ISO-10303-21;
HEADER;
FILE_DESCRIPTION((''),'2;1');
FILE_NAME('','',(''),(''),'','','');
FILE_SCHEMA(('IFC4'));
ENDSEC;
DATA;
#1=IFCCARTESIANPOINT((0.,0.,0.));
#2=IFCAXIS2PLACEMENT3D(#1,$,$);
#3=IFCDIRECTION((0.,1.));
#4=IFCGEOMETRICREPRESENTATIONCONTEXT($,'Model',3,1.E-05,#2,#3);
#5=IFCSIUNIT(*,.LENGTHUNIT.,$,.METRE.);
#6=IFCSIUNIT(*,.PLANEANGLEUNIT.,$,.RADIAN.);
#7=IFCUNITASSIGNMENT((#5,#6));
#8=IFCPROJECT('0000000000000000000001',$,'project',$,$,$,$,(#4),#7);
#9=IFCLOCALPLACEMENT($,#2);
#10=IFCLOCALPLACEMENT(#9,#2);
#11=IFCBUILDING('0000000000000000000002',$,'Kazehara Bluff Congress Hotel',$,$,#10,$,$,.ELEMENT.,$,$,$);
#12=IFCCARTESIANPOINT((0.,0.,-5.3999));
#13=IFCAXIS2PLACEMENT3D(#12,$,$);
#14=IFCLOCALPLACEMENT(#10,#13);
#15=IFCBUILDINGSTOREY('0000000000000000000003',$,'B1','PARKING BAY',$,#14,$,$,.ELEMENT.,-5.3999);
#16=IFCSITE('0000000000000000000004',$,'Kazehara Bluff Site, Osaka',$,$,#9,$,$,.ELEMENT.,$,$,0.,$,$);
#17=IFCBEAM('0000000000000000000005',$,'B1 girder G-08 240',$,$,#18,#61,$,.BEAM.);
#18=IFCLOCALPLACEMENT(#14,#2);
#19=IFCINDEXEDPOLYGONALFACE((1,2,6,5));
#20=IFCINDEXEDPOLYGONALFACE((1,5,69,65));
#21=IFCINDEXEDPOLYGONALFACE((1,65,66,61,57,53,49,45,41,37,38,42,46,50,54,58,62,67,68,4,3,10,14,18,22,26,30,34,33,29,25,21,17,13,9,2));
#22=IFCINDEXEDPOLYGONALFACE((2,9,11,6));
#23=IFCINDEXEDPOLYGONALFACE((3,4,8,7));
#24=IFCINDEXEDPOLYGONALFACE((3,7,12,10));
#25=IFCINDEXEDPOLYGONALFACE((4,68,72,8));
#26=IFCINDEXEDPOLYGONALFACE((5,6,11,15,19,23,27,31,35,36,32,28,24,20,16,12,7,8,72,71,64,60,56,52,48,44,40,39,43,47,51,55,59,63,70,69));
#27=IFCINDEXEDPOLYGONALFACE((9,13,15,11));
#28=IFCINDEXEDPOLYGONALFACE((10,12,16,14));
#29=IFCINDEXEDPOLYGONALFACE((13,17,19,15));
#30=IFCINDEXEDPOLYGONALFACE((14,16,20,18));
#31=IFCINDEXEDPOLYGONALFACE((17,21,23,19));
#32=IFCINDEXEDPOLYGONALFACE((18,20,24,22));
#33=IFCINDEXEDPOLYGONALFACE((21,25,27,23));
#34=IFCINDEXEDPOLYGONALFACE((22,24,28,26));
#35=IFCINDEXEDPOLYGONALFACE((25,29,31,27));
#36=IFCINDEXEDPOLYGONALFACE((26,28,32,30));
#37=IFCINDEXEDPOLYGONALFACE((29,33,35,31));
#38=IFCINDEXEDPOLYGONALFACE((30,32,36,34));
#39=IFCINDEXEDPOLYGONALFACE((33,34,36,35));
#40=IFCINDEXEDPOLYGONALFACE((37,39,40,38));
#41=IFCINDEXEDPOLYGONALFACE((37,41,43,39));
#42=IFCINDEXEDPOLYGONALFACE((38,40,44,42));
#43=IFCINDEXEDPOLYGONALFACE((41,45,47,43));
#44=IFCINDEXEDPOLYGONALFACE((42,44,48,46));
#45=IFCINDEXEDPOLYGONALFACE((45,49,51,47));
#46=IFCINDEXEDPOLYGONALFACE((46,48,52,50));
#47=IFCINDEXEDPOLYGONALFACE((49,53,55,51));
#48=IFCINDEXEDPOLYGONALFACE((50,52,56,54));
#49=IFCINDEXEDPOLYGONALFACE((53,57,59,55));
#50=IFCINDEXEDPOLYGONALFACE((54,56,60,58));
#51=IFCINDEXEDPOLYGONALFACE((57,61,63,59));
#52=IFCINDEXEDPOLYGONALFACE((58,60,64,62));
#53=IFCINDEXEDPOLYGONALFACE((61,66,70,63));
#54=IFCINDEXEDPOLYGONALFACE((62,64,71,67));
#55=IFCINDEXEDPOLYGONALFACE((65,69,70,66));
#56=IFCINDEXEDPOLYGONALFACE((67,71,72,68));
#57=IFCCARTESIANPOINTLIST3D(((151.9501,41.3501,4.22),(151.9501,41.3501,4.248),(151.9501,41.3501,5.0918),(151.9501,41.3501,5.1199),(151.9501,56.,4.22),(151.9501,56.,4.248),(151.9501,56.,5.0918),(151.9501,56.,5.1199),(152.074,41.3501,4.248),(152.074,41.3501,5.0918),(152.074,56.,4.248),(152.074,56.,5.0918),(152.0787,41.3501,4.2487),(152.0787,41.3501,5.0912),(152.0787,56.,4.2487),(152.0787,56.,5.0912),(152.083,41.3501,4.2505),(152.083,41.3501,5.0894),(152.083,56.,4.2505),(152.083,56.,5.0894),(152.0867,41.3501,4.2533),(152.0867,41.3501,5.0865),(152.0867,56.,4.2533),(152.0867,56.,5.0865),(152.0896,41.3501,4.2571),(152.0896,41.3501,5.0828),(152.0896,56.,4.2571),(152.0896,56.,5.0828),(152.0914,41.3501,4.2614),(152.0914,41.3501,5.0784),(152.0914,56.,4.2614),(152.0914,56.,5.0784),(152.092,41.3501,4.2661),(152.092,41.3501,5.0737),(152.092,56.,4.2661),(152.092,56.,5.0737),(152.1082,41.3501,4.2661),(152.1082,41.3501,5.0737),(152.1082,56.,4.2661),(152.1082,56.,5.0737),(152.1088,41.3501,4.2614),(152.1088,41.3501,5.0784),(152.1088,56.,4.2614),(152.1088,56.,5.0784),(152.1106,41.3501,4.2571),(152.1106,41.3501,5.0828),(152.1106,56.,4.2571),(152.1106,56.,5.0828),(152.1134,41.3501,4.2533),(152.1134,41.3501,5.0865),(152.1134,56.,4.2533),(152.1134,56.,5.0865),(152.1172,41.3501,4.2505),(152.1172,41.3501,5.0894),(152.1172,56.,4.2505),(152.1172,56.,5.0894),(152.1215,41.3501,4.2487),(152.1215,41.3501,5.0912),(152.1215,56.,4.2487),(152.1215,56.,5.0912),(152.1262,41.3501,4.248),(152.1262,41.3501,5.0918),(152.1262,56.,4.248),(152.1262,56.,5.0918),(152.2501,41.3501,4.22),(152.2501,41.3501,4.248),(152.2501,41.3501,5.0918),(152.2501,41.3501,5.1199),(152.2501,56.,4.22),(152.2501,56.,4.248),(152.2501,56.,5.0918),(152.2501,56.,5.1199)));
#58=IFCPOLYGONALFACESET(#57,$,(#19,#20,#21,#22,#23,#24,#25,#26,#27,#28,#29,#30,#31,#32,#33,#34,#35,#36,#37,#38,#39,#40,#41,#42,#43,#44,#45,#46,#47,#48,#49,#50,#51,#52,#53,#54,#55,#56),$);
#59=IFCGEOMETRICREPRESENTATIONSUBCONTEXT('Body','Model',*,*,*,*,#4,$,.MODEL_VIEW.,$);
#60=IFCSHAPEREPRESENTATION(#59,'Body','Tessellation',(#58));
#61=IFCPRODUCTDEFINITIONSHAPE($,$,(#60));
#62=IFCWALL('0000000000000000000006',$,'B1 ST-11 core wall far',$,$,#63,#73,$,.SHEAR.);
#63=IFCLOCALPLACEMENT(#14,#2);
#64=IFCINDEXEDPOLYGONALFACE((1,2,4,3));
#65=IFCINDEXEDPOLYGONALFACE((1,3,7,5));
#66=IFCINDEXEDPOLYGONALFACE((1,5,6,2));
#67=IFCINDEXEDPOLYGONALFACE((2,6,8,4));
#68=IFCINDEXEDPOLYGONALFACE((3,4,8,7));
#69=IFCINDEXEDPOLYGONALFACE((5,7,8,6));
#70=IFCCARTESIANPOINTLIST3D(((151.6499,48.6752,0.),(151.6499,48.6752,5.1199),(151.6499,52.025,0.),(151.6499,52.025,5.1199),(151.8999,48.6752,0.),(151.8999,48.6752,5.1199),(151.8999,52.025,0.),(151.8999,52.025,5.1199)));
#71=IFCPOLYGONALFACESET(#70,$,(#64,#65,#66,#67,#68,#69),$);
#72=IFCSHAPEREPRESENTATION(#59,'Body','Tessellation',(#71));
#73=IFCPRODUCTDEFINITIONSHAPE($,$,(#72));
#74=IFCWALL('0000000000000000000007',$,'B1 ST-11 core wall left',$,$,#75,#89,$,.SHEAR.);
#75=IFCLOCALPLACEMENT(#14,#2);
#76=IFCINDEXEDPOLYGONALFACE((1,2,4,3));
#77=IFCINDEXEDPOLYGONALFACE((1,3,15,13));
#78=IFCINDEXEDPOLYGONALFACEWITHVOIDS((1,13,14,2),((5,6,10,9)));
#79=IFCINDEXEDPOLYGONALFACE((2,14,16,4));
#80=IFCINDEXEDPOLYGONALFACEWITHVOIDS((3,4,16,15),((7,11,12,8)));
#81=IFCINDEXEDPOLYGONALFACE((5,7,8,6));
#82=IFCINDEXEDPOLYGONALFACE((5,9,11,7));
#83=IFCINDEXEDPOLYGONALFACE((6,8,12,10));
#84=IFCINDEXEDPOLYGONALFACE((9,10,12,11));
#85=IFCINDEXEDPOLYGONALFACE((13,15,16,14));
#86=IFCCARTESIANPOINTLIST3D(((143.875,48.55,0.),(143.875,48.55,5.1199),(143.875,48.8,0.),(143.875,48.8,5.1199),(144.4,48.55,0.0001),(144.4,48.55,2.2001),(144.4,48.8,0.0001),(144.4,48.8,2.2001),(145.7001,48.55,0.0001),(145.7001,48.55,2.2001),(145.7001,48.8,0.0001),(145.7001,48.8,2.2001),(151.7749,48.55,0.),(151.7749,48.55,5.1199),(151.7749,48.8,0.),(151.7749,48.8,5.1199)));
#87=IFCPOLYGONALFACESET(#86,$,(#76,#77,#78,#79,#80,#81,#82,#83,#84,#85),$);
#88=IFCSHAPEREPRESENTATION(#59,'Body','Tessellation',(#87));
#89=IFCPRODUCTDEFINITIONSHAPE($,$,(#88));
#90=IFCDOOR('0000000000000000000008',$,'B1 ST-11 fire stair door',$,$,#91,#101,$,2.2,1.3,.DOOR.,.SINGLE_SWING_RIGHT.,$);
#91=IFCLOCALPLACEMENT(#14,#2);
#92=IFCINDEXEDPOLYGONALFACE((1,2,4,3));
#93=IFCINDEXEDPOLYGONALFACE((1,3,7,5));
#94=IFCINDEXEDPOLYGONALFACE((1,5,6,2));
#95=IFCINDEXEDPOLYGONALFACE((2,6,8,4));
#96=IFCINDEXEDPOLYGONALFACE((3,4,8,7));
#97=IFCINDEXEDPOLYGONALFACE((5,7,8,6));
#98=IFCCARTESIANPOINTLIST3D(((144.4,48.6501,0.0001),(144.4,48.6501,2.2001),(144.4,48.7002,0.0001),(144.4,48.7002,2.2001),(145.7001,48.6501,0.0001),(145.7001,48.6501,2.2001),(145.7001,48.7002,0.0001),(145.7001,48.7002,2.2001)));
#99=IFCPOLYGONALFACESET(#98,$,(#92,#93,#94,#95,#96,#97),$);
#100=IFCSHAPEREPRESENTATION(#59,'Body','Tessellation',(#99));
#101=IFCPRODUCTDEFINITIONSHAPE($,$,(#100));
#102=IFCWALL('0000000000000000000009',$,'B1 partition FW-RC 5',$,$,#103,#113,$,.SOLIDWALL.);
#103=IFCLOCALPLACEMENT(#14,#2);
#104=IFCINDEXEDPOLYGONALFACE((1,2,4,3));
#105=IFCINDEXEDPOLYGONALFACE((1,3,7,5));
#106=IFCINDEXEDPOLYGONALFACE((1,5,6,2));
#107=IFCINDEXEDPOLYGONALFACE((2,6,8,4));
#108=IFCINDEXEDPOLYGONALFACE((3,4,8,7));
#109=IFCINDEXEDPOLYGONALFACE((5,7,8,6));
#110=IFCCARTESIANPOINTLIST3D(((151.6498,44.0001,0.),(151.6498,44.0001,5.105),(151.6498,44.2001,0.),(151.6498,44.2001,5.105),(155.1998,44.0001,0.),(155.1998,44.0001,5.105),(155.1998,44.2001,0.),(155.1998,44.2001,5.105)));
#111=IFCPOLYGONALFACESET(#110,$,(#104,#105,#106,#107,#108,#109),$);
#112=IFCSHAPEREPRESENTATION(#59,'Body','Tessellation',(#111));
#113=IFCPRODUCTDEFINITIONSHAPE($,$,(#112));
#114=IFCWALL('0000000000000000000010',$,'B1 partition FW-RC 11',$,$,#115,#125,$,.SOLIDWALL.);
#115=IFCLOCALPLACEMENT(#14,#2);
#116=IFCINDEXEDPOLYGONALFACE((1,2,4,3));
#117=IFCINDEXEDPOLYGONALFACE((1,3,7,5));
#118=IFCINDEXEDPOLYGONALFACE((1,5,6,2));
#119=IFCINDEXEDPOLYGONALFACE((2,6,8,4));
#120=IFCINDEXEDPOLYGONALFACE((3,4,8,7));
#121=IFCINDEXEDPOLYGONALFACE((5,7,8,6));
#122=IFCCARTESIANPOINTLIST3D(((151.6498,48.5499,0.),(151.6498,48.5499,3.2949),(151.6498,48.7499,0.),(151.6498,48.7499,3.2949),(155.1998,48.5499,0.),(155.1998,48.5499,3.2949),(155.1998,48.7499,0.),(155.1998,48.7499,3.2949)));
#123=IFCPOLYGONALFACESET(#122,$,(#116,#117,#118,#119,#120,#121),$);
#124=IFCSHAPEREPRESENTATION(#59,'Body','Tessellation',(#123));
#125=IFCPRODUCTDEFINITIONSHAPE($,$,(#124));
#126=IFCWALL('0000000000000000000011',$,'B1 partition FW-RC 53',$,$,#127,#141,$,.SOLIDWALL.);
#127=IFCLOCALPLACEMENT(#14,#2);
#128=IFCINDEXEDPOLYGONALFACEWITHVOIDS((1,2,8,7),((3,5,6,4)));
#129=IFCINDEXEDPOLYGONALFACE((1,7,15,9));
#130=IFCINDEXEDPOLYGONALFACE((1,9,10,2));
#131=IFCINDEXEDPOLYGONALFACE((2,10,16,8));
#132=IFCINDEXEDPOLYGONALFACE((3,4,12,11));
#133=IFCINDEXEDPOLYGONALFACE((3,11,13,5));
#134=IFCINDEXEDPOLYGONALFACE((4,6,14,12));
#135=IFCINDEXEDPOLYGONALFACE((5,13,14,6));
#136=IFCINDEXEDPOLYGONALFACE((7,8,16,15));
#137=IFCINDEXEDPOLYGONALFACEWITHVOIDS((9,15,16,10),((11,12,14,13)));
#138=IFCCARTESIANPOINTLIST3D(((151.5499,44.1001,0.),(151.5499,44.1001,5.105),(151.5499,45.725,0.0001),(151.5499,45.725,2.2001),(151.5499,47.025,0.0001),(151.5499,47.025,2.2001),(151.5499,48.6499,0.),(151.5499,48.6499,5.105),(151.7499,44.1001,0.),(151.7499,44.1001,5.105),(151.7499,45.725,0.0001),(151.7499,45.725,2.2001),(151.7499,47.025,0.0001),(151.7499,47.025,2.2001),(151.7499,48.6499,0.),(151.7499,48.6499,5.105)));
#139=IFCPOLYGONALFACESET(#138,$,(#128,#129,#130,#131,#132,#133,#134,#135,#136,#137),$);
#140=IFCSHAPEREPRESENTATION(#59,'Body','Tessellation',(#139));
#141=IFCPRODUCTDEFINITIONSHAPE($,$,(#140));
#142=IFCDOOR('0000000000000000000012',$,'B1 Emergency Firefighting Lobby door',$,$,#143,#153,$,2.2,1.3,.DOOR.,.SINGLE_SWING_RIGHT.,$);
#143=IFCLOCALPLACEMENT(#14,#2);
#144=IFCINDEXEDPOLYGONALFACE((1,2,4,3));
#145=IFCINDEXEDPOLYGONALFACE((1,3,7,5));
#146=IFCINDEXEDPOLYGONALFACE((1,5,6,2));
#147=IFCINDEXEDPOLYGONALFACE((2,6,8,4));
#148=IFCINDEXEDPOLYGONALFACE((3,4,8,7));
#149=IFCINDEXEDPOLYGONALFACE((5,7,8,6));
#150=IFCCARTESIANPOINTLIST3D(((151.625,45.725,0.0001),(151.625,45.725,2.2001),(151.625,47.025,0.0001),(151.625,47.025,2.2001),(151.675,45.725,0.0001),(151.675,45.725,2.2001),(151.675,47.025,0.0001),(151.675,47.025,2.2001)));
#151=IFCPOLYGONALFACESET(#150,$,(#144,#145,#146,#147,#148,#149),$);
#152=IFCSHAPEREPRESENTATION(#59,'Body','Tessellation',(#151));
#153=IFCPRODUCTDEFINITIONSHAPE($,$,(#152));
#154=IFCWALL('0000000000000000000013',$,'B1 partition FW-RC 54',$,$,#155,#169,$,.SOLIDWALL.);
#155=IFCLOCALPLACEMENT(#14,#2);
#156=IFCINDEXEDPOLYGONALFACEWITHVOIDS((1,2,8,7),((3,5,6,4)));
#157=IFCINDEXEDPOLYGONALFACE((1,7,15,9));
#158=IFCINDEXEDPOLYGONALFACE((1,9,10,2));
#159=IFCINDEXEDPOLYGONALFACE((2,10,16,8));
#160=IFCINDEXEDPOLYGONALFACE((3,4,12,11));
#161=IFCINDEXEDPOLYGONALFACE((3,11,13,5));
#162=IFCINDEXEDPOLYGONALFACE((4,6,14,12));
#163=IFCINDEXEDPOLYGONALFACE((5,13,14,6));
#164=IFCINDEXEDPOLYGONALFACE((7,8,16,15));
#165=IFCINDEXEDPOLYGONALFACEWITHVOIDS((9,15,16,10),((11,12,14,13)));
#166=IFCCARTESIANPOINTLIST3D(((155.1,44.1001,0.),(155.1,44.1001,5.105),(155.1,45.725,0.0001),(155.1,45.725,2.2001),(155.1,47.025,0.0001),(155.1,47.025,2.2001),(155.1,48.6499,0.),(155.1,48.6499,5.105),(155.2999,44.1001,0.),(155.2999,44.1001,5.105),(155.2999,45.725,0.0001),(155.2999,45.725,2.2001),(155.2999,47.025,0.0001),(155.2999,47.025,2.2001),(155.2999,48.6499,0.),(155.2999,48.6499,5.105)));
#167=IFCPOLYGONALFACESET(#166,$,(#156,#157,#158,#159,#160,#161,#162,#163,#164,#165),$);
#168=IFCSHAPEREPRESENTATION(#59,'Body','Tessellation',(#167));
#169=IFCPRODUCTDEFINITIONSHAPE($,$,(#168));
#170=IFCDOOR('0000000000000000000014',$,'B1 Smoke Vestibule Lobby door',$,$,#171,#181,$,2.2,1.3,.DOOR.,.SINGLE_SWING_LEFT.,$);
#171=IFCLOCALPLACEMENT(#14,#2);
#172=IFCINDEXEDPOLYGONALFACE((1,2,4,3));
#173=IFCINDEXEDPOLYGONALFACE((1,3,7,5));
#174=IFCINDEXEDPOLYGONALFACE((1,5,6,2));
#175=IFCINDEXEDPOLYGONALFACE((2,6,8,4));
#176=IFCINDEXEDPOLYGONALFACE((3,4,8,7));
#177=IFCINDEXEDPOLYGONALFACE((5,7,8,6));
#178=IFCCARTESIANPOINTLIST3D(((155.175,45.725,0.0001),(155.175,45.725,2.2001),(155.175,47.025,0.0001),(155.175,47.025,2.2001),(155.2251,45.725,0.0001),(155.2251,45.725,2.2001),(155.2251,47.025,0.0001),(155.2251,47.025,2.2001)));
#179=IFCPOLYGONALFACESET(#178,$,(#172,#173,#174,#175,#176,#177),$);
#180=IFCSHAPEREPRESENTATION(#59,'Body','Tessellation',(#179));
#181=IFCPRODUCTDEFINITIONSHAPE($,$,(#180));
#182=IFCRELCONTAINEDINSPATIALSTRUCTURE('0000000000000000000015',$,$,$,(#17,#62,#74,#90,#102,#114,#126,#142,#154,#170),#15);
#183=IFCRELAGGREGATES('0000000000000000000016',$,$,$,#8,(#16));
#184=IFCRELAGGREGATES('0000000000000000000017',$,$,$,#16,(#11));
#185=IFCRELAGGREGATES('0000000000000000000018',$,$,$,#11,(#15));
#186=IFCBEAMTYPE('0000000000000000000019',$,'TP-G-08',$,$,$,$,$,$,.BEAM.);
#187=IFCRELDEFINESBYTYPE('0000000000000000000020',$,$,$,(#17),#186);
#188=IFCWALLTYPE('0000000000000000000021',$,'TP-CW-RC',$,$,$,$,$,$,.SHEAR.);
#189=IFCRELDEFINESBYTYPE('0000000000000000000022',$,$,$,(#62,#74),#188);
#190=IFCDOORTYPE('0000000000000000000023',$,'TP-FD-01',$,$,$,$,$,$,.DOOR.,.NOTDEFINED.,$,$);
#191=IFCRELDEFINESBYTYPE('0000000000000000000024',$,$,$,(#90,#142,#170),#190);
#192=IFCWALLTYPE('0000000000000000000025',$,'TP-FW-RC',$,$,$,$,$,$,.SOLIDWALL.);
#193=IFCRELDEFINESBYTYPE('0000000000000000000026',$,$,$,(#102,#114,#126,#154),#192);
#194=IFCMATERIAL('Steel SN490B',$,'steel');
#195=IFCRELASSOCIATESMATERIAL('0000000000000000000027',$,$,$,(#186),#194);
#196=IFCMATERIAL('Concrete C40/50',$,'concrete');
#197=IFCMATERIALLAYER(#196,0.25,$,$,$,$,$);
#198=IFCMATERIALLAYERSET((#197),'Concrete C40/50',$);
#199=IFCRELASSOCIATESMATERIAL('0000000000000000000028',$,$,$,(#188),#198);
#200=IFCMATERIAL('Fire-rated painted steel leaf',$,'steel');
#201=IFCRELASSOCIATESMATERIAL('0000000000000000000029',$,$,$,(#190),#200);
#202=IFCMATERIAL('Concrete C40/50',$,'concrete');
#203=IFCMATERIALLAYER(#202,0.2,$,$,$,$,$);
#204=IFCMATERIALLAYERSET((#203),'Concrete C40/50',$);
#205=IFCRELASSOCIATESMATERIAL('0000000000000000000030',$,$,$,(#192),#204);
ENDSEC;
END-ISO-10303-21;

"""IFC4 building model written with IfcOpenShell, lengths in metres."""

from ifc_helpers import new_model, si_unit, direction, frame, frame_2d, origin, origin_2d, place, context, subcontext, project, spatial, rectangle, i_section, extrude, material, layer, layer_set, material_profile, profile_set, type_object, element, fill, save


model = new_model("IFC4")

# Units and contexts
model_context = context("Model", 3, precision=1e-05, world=origin(), true_north=direction((0.0, 1.0)))
body_context = subcontext(model_context, "Body", "Model", "MODEL_VIEW")
ifc_project = project(units=[si_unit("LENGTHUNIT", "METRE"), si_unit("PLANEANGLEUNIT", "RADIAN")], contexts=[model_context])

# Site, building, storey
site_placement = place(None, origin())
site = spatial("IfcSite", under=ifc_project, at=site_placement, Name="Kazehara Bluff Site, Osaka", CompositionType="ELEMENT", RefElevation=0.0)
building_placement = place(site_placement, origin())
building = spatial("IfcBuilding", under=site, at=building_placement, Name="Kazehara Bluff Congress Hotel", CompositionType="ELEMENT")
storey_placement = place(building_placement, frame((0.0, 0.0, -5.3999)))
storey = spatial("IfcBuildingStorey", under=building, at=storey_placement, Name="B1", Description="PARKING BAY", CompositionType="ELEMENT", Elevation=-5.3999)

# Beam
ifc_material_1 = material(Name="Steel SN490B", Category="steel")
ifc_material_profile_1 = material_profile(ifc_material_1, i_section(OverallWidth=0.3, OverallDepth=0.8999, WebThickness=0.0161, FlangeThickness=0.0281, FilletRadius=0.0181, at=origin_2d()))
ifc_profile_set_1 = profile_set([ifc_material_profile_1], Name="Steel SN490B")
beam_type_1 = type_object("IfcBeamType", Name="TP-G-08", PredefinedType="BEAM", material=ifc_profile_set_1)
beam_1_placement = place(storey_placement, frame((152.1001, 41.3501, 4.6699), z_axis=(0.0, 1.0, 0.0), x_axis=(-1.0, 0.0, 0.0)))
element("IfcBeam", 1, at=beam_1_placement, inside=storey, type_object=beam_type_1, Name="B1 girder G-08 240", PredefinedType="BEAM", context=body_context, shape_type="SweptSolid", body=[
    extrude(i_section(OverallWidth=0.3, OverallDepth=0.8999, WebThickness=0.0161, FlangeThickness=0.0281, FilletRadius=0.0181, at=origin_2d()), origin(), (0.0, 0.0, 1.0), 14.6499),
])

# Wall
ifc_material_2 = material(Name="Concrete C40/50", Category="concrete")
ifc_layer_1 = layer(ifc_material_2, 0.25)
ifc_layer_set_1 = layer_set([ifc_layer_1], Name="Concrete C40/50")
wall_type_1 = type_object("IfcWallType", Name="TP-CW-RC", PredefinedType="SHEAR", material=ifc_layer_set_1)
wall_1_placement = place(storey_placement, frame((151.7749, 52.0249, 0.0), z_axis=(0.0, 0.0, 1.0), x_axis=(0.0, -1.0, 0.0)))
element("IfcWall", 2, at=wall_1_placement, inside=storey, type_object=wall_type_1, Name="B1 ST-11 core wall far", PredefinedType="SHEAR", context=body_context, shape_type="SweptSolid", body=[
    extrude(rectangle(XDim=3.3499, YDim=0.25, at=frame_2d((1.6748, 0.0))), origin(), (0.0, 0.0, 1.0), 5.1199),
])

# Wall, opening, door
wall_2_placement = place(storey_placement, frame((151.7749, 48.675, 0.0), z_axis=(0.0, 0.0, 1.0), x_axis=(-1.0, 0.0, 0.0)))
wall_2 = element("IfcWall", 3, at=wall_2_placement, inside=storey, type_object=wall_type_1, Name="B1 ST-11 core wall left", PredefinedType="SHEAR", context=body_context, shape_type="SweptSolid", body=[
    extrude(rectangle(XDim=7.8999, YDim=0.25, at=frame_2d((3.95, 0.0))), origin(), (0.0, 0.0, 1.0), 5.1199),
])
opening_1_placement = place(wall_2_placement, frame((6.075, 0.0, 0.0)))
opening_1 = element("IfcOpeningElement", 4, at=opening_1_placement, cuts=wall_2, PredefinedType="OPENING", context=body_context, shape_type="SweptSolid", body=[
    extrude(rectangle(XDim=1.3, YDim=2.2, at=frame_2d((0.6499, 1.1001))), frame((0.0, 0.135, 0.0), z_axis=(0.0, -1.0, 0.0), x_axis=(1.0, 0.0, 0.0)), (0.0, 0.0, 1.0), 0.27),
])
ifc_material_3 = material(Name="Fire-rated painted steel leaf", Category="steel")
door_type_1 = type_object("IfcDoorType", Name="TP-FD-01", OperationType="NOTDEFINED", PredefinedType="DOOR", material=ifc_material_3)
door_1_placement = place(opening_1_placement, origin())
door_1 = element("IfcDoor", 5, at=door_1_placement, inside=storey, type_object=door_type_1, Name="B1 ST-11 fire stair door", OperationType="SINGLE_SWING_RIGHT", OverallHeight=2.2, OverallWidth=1.3, PredefinedType="DOOR", context=body_context, shape_type="SweptSolid", body=[
    extrude(rectangle(XDim=1.3, YDim=2.2, at=frame_2d((0.6499, 1.1001))), frame((0.0, 0.0249, 0.0), z_axis=(0.0, -1.0, 0.0), x_axis=(1.0, 0.0, 0.0)), (0.0, 0.0, 1.0), 0.05),
])
fill(opening_1, door_1)

# Walls
ifc_material_4 = material(Name="Concrete C40/50", Category="concrete")
ifc_layer_2 = layer(ifc_material_4, 0.2)
ifc_layer_set_2 = layer_set([ifc_layer_2], Name="Concrete C40/50")
wall_type_2 = type_object("IfcWallType", Name="TP-FW-RC", PredefinedType="SOLIDWALL", material=ifc_layer_set_2)
wall_3_placement = place(storey_placement, frame((151.6499, 44.1001, 0.0), z_axis=(0.0, 0.0, 1.0), x_axis=(1.0, 0.0, 0.0)))
element("IfcWall", 6, at=wall_3_placement, inside=storey, type_object=wall_type_2, Name="B1 partition FW-RC 5", PredefinedType="SOLIDWALL", context=body_context, shape_type="SweptSolid", body=[
    extrude(rectangle(XDim=3.55, YDim=0.2, at=frame_2d((1.7749, 0.0))), origin(), (0.0, 0.0, 1.0), 5.105),
])
wall_4_placement = place(storey_placement, frame((151.6499, 48.6499, 0.0), z_axis=(0.0, 0.0, 1.0), x_axis=(1.0, 0.0, 0.0)))
element("IfcWall", 7, at=wall_4_placement, inside=storey, type_object=wall_type_2, Name="B1 partition FW-RC 11", PredefinedType="SOLIDWALL", context=body_context, shape_type="SweptSolid", body=[
    extrude(rectangle(XDim=3.55, YDim=0.2, at=frame_2d((1.7749, 0.0))), origin(), (0.0, 0.0, 1.0), 3.2949),
])

# Walls, openings, doors
wall_5_placement = place(storey_placement, frame((151.6499, 44.1001, 0.0), z_axis=(0.0, 0.0, 1.0), x_axis=(0.0, 1.0, 0.0)))
wall_5 = element("IfcWall", 8, at=wall_5_placement, inside=storey, type_object=wall_type_2, Name="B1 partition FW-RC 53", PredefinedType="SOLIDWALL", context=body_context, shape_type="SweptSolid", body=[
    extrude(rectangle(XDim=4.5498, YDim=0.2, at=frame_2d((2.2749, 0.0))), origin(), (0.0, 0.0, 1.0), 5.105),
])
opening_2_placement = place(wall_5_placement, frame((1.625, 0.0, 0.0)))
opening_2 = element("IfcOpeningElement", 9, at=opening_2_placement, cuts=wall_5, PredefinedType="OPENING", context=body_context, shape_type="SweptSolid", body=[
    extrude(rectangle(XDim=1.3, YDim=2.2, at=frame_2d((0.6499, 1.1001))), frame((0.0, 0.1099, 0.0), z_axis=(0.0, -1.0, 0.0), x_axis=(1.0, 0.0, 0.0)), (0.0, 0.0, 1.0), 0.22),
])
door_2_placement = place(opening_2_placement, origin())
door_2 = element("IfcDoor", 10, at=door_2_placement, inside=storey, type_object=door_type_1, Name="B1 Emergency Firefighting Lobby door", OperationType="SINGLE_SWING_RIGHT", OverallHeight=2.2, OverallWidth=1.3, PredefinedType="DOOR", context=body_context, shape_type="SweptSolid", body=[
    extrude(rectangle(XDim=1.3, YDim=2.2, at=frame_2d((0.6499, 1.1001))), frame((0.0, 0.0249, 0.0), z_axis=(0.0, -1.0, 0.0), x_axis=(1.0, 0.0, 0.0)), (0.0, 0.0, 1.0), 0.05),
])
fill(opening_2, door_2)
wall_6_placement = place(storey_placement, frame((155.2, 44.1001, 0.0), z_axis=(0.0, 0.0, 1.0), x_axis=(0.0, 1.0, 0.0)))
wall_6 = element("IfcWall", 11, at=wall_6_placement, inside=storey, type_object=wall_type_2, Name="B1 partition FW-RC 54", PredefinedType="SOLIDWALL", context=body_context, shape_type="SweptSolid", body=[
    extrude(rectangle(XDim=4.5498, YDim=0.2, at=frame_2d((2.2749, 0.0))), origin(), (0.0, 0.0, 1.0), 5.105),
])
opening_3_placement = place(wall_6_placement, frame((1.625, 0.0, 0.0)))
opening_3 = element("IfcOpeningElement", 12, at=opening_3_placement, cuts=wall_6, PredefinedType="OPENING", context=body_context, shape_type="SweptSolid", body=[
    extrude(rectangle(XDim=1.3, YDim=2.2, at=frame_2d((0.6499, 1.1001))), frame((0.0, 0.1099, 0.0), z_axis=(0.0, -1.0, 0.0), x_axis=(1.0, 0.0, 0.0)), (0.0, 0.0, 1.0), 0.22),
])
door_3_placement = place(opening_3_placement, origin())
door_3 = element("IfcDoor", 13, at=door_3_placement, inside=storey, type_object=door_type_1, Name="B1 Smoke Vestibule Lobby door", OperationType="SINGLE_SWING_LEFT", OverallHeight=2.2, OverallWidth=1.3, PredefinedType="DOOR", context=body_context, shape_type="SweptSolid", body=[
    extrude(rectangle(XDim=1.3, YDim=2.2, at=frame_2d((0.6499, 1.1001))), frame((0.0, 0.0249, 0.0), z_axis=(0.0, -1.0, 0.0), x_axis=(1.0, 0.0, 0.0)), (0.0, 0.0, 1.0), 0.05),
])
fill(opening_3, door_3)

save(model, "model.ifc")
